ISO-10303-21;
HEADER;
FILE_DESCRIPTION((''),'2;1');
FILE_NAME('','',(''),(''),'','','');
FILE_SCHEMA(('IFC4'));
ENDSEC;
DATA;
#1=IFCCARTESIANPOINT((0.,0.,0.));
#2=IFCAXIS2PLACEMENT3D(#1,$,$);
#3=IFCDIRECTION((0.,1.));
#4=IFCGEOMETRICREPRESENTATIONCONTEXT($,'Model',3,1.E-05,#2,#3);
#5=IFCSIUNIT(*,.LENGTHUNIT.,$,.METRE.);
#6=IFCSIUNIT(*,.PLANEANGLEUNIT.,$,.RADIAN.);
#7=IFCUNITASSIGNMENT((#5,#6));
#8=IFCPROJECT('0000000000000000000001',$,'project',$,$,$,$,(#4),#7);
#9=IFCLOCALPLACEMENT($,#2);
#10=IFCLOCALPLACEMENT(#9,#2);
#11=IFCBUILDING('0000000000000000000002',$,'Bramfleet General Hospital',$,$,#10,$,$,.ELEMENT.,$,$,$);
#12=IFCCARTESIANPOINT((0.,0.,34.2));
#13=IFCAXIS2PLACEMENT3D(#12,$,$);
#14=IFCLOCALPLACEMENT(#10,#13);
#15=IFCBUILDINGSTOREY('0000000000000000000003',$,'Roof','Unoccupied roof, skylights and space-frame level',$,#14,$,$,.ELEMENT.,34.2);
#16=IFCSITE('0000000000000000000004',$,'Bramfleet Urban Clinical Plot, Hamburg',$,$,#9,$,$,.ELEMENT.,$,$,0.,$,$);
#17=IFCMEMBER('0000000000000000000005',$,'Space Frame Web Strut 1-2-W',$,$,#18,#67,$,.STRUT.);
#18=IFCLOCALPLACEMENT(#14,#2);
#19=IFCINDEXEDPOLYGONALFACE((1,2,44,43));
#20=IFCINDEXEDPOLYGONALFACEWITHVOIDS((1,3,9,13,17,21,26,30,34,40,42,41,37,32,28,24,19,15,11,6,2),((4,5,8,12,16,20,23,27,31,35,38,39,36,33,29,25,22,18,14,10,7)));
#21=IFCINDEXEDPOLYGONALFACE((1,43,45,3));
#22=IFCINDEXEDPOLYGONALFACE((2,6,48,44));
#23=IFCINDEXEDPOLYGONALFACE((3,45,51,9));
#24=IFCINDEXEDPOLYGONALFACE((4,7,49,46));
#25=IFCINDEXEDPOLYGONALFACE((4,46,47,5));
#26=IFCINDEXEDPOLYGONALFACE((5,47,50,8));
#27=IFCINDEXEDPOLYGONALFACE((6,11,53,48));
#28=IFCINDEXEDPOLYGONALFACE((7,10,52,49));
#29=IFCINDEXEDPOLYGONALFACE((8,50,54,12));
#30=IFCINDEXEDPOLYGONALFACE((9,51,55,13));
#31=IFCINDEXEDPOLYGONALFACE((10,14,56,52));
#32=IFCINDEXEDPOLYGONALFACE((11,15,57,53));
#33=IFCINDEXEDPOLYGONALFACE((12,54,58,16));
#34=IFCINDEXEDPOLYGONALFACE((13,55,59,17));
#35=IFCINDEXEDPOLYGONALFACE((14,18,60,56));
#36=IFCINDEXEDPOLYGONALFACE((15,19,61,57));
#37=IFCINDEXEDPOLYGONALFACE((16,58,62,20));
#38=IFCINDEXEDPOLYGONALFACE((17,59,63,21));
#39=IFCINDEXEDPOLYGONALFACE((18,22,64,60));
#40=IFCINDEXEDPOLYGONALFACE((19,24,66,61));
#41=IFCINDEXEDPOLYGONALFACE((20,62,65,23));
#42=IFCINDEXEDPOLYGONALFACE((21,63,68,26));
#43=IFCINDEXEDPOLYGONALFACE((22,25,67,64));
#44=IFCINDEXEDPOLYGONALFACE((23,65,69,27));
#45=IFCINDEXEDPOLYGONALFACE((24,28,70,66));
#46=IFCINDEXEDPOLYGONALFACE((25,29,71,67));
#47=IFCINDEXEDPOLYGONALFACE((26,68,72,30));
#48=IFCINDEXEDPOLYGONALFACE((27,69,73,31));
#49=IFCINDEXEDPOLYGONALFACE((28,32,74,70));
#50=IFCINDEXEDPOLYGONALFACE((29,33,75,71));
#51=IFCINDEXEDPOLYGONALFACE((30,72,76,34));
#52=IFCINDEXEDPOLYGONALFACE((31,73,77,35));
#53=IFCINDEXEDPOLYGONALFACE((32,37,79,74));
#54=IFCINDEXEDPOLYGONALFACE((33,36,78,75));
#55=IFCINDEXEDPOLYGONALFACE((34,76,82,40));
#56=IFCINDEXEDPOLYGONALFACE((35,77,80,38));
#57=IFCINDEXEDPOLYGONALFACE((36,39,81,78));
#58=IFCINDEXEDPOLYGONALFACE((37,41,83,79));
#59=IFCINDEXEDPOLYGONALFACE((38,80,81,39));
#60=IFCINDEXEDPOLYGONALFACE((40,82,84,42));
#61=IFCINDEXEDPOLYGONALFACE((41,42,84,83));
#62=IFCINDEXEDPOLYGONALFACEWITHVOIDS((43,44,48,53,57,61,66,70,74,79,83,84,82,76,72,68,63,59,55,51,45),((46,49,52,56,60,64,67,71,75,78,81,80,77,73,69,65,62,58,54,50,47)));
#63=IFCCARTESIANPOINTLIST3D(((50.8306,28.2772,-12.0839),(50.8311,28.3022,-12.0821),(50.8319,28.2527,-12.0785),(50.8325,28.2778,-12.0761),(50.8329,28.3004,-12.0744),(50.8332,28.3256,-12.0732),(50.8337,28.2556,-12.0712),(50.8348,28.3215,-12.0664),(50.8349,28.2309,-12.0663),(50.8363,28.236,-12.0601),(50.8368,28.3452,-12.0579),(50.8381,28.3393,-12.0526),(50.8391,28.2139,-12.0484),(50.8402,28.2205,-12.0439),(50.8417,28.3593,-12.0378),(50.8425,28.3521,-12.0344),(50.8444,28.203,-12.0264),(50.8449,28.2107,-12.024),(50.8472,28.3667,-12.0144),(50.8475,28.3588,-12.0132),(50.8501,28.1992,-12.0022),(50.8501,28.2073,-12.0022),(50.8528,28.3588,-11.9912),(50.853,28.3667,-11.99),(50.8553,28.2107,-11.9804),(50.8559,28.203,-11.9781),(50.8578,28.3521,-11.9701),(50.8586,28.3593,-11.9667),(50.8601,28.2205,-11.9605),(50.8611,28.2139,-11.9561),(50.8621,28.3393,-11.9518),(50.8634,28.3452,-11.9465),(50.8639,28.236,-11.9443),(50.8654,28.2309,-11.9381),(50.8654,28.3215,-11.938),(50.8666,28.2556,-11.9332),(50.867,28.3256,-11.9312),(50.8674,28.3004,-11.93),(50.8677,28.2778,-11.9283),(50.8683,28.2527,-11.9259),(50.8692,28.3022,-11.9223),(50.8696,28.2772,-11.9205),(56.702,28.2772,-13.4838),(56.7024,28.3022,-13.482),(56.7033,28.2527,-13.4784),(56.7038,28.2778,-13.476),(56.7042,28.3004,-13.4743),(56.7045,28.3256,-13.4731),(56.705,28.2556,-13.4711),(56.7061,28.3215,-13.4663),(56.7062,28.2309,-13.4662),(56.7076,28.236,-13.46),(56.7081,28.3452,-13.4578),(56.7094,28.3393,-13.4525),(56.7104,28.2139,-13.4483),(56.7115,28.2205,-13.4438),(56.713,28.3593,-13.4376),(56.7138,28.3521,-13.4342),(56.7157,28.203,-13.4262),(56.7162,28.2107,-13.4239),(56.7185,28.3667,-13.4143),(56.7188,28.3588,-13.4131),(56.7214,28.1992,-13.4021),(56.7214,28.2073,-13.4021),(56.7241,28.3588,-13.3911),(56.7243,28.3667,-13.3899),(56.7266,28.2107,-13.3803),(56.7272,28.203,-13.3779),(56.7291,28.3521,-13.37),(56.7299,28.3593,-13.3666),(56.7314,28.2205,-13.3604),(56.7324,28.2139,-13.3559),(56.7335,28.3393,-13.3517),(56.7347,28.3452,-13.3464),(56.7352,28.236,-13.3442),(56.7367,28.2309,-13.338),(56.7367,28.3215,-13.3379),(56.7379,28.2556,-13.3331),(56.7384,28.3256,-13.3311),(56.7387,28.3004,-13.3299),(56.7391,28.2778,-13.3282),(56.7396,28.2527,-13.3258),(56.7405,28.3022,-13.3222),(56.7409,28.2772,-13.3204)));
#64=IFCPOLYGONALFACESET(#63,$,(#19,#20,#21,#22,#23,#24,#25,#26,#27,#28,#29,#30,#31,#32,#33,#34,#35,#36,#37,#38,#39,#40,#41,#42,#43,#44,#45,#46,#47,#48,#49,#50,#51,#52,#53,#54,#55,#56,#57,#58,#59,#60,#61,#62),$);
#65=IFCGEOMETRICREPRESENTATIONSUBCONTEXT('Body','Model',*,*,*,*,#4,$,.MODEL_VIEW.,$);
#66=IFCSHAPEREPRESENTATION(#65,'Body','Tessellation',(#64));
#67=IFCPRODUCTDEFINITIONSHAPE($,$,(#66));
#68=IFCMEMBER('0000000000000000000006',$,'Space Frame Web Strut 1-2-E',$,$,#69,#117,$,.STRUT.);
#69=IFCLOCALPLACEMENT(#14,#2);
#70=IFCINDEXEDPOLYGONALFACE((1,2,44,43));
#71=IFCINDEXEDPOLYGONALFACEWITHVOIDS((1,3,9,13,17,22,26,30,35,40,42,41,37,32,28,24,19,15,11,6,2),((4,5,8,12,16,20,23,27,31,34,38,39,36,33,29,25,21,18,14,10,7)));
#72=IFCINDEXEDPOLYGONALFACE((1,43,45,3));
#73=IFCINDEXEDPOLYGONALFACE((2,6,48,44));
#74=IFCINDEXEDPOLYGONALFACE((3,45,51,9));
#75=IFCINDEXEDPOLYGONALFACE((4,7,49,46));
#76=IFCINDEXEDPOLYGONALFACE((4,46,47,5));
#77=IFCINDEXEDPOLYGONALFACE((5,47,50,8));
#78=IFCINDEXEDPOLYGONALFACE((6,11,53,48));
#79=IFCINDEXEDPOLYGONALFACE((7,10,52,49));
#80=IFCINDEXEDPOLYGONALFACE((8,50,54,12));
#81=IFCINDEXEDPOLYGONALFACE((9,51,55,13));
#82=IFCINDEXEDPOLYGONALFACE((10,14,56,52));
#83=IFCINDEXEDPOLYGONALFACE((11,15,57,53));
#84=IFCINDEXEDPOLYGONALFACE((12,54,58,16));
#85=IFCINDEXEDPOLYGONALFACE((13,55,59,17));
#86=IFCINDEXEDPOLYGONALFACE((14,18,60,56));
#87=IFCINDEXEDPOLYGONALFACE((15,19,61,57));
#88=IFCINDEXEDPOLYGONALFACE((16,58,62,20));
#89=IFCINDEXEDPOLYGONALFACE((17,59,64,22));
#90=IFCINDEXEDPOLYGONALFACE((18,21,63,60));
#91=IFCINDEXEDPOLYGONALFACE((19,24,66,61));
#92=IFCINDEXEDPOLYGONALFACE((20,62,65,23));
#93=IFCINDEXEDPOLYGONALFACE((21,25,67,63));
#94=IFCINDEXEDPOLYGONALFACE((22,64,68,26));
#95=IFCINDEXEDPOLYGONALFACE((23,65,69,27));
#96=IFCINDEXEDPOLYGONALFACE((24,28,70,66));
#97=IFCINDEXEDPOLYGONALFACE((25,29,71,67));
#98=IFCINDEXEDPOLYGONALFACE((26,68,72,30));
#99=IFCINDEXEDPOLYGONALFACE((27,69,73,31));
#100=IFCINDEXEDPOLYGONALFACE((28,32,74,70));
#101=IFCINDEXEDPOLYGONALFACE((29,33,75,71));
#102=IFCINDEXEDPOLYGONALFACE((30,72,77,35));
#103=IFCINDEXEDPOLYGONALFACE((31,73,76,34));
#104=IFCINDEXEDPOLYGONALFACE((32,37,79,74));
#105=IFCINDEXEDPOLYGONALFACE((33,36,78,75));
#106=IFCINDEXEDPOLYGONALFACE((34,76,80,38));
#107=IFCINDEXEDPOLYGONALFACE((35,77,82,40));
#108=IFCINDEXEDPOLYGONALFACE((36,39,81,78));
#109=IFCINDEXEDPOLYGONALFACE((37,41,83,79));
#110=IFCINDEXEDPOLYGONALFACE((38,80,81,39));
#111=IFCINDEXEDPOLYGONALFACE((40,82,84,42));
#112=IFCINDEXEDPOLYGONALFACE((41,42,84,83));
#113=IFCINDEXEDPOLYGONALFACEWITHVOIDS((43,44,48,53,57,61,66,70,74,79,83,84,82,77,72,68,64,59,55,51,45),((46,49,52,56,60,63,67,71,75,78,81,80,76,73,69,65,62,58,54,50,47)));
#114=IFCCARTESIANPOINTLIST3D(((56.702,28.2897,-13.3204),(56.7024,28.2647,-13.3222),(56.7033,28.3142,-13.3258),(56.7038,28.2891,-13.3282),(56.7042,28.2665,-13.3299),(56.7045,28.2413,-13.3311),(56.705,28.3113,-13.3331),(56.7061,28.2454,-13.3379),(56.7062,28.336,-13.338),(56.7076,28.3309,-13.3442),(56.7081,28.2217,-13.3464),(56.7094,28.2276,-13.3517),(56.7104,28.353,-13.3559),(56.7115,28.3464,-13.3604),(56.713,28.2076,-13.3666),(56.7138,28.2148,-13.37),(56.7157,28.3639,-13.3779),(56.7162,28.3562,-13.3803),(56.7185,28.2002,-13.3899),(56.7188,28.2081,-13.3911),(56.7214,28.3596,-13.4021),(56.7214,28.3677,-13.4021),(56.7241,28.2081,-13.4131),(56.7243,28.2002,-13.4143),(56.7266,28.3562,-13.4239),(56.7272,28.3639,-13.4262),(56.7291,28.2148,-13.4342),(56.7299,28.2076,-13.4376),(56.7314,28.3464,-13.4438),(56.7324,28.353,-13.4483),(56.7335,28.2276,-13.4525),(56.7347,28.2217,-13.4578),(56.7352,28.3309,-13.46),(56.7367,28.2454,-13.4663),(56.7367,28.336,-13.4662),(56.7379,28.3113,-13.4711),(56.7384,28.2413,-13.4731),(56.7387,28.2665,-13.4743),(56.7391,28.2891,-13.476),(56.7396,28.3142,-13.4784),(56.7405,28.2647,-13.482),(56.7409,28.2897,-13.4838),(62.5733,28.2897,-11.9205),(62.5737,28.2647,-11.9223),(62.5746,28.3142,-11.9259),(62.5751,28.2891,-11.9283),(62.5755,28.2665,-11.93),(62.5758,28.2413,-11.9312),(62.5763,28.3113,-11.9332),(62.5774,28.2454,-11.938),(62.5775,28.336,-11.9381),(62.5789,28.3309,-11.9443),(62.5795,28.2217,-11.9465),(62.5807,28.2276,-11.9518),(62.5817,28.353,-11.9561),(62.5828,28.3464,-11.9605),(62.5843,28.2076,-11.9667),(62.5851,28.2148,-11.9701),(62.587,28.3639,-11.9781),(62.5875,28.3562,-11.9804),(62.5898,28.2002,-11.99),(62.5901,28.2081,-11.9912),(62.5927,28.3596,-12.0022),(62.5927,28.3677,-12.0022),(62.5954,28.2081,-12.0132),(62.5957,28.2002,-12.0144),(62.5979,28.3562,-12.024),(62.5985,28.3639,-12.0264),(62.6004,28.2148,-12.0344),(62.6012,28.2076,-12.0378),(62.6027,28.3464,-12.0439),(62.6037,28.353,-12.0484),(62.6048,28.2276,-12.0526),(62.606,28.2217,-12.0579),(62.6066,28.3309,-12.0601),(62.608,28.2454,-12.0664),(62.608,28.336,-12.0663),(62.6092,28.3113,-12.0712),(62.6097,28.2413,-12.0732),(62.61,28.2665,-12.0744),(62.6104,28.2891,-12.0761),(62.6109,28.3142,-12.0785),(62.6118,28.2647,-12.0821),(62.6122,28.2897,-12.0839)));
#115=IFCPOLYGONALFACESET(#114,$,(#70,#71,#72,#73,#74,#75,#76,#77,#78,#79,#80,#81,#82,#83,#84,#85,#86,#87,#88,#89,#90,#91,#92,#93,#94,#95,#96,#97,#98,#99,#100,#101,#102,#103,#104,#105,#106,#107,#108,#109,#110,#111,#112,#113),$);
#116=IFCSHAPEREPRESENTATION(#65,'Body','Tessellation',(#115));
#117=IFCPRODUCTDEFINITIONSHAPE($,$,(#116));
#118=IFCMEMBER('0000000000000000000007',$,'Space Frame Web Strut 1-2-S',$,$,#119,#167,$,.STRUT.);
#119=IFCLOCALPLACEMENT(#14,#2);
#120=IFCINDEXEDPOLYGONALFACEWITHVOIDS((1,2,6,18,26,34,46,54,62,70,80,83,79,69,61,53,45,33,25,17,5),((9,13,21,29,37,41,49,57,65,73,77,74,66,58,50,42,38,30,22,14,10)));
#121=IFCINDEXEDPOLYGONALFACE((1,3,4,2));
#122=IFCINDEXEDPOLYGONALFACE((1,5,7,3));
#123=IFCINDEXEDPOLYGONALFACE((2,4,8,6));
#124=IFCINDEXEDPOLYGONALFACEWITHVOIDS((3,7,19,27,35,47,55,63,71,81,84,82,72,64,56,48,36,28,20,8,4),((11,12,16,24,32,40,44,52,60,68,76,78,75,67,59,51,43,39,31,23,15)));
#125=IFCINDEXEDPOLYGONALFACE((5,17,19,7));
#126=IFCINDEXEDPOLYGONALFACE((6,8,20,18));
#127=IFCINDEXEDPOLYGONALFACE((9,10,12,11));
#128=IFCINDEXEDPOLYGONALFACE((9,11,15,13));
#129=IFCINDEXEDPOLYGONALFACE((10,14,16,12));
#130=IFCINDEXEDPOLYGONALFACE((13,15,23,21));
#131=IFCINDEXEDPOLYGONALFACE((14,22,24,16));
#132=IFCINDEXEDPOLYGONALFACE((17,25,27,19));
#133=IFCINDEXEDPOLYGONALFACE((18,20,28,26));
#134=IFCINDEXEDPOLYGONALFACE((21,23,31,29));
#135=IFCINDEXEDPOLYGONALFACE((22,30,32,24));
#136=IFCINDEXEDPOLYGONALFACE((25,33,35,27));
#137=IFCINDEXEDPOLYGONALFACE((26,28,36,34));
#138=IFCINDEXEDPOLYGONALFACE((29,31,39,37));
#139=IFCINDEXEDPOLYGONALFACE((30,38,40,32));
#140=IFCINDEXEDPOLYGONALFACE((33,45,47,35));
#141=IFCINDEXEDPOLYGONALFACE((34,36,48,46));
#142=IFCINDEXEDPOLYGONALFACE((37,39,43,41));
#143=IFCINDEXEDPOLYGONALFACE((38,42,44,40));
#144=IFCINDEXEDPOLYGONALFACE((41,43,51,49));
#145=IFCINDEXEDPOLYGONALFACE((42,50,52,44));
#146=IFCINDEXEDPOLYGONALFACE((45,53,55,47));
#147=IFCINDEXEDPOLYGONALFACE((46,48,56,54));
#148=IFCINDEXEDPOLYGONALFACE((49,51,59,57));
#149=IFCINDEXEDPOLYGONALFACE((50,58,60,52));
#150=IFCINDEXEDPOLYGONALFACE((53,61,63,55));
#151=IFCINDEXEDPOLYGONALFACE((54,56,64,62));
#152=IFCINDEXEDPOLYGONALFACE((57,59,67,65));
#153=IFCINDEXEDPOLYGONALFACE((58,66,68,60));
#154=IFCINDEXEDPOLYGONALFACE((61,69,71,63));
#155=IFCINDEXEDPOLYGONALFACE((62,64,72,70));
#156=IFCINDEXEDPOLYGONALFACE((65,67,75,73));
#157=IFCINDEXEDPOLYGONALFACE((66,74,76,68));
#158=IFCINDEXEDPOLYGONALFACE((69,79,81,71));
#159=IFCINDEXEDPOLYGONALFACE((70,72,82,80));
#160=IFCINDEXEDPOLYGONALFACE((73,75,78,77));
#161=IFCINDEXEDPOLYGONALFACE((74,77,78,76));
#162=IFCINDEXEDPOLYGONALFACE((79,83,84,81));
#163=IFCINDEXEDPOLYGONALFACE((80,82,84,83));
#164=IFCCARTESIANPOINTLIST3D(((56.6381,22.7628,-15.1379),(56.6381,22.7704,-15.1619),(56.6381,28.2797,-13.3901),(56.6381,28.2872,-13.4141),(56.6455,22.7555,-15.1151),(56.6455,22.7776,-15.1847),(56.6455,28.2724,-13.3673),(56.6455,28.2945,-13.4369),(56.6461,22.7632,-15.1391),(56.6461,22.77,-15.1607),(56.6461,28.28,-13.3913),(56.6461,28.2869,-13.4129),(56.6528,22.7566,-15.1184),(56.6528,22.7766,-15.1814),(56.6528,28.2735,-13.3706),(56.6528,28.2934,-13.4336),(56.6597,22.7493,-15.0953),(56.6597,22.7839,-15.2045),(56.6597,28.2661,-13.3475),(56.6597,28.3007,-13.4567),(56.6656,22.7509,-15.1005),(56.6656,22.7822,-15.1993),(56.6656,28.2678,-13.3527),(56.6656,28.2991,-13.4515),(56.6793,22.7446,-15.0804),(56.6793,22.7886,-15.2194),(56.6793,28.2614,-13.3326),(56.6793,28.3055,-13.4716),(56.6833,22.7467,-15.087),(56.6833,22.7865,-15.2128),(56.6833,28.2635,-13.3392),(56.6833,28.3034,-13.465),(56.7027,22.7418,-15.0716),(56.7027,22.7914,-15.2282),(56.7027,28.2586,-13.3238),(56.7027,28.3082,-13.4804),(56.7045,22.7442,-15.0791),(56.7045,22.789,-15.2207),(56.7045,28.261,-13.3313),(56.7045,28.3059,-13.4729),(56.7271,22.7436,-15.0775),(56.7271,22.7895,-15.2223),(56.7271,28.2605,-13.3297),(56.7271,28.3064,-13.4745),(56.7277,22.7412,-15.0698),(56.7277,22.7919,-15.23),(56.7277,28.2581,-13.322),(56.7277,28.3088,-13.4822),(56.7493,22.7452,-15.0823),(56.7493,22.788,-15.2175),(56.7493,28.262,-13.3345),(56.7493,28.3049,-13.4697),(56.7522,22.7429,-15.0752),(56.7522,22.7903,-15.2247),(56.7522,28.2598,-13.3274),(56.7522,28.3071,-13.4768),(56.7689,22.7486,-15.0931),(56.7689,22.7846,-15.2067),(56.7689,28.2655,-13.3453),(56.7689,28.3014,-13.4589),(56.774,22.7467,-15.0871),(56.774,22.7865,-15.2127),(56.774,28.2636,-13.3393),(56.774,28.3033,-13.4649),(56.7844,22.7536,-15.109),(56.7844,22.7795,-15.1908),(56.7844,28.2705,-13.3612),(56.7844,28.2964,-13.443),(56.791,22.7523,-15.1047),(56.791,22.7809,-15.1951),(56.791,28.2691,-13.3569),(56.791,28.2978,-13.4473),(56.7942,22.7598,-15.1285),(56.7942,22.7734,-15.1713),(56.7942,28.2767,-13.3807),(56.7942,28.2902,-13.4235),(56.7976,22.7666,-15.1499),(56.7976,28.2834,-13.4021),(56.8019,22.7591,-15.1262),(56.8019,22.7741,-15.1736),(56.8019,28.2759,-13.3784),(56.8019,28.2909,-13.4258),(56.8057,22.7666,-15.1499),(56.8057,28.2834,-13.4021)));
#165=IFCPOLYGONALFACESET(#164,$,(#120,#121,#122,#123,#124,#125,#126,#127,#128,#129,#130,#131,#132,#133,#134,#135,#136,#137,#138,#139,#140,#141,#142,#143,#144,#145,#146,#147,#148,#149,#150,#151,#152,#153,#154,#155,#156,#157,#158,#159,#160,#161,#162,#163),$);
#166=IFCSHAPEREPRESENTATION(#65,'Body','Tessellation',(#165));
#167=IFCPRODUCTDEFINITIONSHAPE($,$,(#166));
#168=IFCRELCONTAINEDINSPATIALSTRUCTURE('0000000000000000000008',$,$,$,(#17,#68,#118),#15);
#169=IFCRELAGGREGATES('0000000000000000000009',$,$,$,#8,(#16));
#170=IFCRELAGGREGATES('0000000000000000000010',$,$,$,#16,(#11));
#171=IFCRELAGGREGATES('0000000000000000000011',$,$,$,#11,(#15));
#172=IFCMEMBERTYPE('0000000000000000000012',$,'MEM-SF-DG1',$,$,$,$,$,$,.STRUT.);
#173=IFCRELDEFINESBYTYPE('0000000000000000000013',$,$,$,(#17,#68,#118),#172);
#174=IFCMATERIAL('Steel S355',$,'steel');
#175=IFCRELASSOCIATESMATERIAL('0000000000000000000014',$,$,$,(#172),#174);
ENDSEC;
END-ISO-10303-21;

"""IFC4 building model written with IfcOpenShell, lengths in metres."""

from ifc_helpers import new_model, si_unit, direction, frame, origin, origin_2d, place, context, subcontext, project, spatial, hollow_circle, extrude, material, material_profile, profile_set, type_object, element, save


model = new_model("IFC4")

# Units and contexts
model_context = context("Model", 3, precision=1e-05, world=origin(), true_north=direction((0.0, 1.0)))
body_context = subcontext(model_context, "Body", "Model", "MODEL_VIEW")
ifc_project = project(units=[si_unit("LENGTHUNIT", "METRE"), si_unit("PLANEANGLEUNIT", "RADIAN")], contexts=[model_context])

# Site, building, storey
site_placement = place(None, origin())
site = spatial("IfcSite", under=ifc_project, at=site_placement, Name="Bramfleet Urban Clinical Plot, Hamburg", CompositionType="ELEMENT", RefElevation=0.0)
building_placement = place(site_placement, origin())
building = spatial("IfcBuilding", under=site, at=building_placement, Name="Bramfleet General Hospital", CompositionType="ELEMENT")
storey_placement = place(building_placement, frame((0.0, 0.0, 34.2)))
storey = spatial("IfcBuildingStorey", under=building, at=storey_placement, Name="Roof", Description="Unoccupied roof, skylights and space-frame level", CompositionType="ELEMENT", Elevation=34.2)

# Members
ifc_material = material(Name="Steel S355", Category="steel")
ifc_material_profile_1 = material_profile(ifc_material, hollow_circle(Radius=0.0842, WallThickness=0.0081, at=origin_2d()), Name="CHS 168.3x8.0")
ifc_profile_set_1 = profile_set([ifc_material_profile_1], Name="Steel S355")
member_type_1 = type_object("IfcMemberType", Name="MEM-SF-DG1", PredefinedType="STRUT", material=ifc_profile_set_1)
for number, where, z_axis, x_axis, name in (
    (1, (56.7214, 28.2834, -13.4021), (-0.972733, 0.0, 0.231929), (0.0, -1.0, 0.0), "Space Frame Web Strut 1-2-W"),
    (2, (56.7214, 28.2834, -13.4021), (0.972733, 0.0, 0.231929), (0.0, 1.0, 0.0), "Space Frame Web Strut 1-2-E"),
):
    element("IfcMember", number, at=place(storey_placement, frame(where, z_axis=z_axis, x_axis=x_axis)), inside=storey, type_object=member_type_1, Name=name, PredefinedType="STRUT", context=body_context, shape_type="SweptSolid", body=[
        extrude(hollow_circle(Radius=0.0842, WallThickness=0.0081, at=origin_2d()), origin(), (0.0, 0.0, 1.0), 6.0359),
    ])
member_1_placement = place(storey_placement, frame((56.7214, 28.2834, -13.4021), z_axis=(0.0, -0.953302, -0.302018), x_axis=(1.0, 0.0, 0.0)))
element("IfcMember", 3, at=member_1_placement, inside=storey, type_object=member_type_1, Name="Space Frame Web Strut 1-2-S", PredefinedType="STRUT", context=body_context, shape_type="SweptSolid", body=[
    extrude(hollow_circle(Radius=0.0842, WallThickness=0.0081, at=origin_2d()), origin(), (0.0, 0.0, 1.0), 5.7871),
])

save(model, "model.ifc")
